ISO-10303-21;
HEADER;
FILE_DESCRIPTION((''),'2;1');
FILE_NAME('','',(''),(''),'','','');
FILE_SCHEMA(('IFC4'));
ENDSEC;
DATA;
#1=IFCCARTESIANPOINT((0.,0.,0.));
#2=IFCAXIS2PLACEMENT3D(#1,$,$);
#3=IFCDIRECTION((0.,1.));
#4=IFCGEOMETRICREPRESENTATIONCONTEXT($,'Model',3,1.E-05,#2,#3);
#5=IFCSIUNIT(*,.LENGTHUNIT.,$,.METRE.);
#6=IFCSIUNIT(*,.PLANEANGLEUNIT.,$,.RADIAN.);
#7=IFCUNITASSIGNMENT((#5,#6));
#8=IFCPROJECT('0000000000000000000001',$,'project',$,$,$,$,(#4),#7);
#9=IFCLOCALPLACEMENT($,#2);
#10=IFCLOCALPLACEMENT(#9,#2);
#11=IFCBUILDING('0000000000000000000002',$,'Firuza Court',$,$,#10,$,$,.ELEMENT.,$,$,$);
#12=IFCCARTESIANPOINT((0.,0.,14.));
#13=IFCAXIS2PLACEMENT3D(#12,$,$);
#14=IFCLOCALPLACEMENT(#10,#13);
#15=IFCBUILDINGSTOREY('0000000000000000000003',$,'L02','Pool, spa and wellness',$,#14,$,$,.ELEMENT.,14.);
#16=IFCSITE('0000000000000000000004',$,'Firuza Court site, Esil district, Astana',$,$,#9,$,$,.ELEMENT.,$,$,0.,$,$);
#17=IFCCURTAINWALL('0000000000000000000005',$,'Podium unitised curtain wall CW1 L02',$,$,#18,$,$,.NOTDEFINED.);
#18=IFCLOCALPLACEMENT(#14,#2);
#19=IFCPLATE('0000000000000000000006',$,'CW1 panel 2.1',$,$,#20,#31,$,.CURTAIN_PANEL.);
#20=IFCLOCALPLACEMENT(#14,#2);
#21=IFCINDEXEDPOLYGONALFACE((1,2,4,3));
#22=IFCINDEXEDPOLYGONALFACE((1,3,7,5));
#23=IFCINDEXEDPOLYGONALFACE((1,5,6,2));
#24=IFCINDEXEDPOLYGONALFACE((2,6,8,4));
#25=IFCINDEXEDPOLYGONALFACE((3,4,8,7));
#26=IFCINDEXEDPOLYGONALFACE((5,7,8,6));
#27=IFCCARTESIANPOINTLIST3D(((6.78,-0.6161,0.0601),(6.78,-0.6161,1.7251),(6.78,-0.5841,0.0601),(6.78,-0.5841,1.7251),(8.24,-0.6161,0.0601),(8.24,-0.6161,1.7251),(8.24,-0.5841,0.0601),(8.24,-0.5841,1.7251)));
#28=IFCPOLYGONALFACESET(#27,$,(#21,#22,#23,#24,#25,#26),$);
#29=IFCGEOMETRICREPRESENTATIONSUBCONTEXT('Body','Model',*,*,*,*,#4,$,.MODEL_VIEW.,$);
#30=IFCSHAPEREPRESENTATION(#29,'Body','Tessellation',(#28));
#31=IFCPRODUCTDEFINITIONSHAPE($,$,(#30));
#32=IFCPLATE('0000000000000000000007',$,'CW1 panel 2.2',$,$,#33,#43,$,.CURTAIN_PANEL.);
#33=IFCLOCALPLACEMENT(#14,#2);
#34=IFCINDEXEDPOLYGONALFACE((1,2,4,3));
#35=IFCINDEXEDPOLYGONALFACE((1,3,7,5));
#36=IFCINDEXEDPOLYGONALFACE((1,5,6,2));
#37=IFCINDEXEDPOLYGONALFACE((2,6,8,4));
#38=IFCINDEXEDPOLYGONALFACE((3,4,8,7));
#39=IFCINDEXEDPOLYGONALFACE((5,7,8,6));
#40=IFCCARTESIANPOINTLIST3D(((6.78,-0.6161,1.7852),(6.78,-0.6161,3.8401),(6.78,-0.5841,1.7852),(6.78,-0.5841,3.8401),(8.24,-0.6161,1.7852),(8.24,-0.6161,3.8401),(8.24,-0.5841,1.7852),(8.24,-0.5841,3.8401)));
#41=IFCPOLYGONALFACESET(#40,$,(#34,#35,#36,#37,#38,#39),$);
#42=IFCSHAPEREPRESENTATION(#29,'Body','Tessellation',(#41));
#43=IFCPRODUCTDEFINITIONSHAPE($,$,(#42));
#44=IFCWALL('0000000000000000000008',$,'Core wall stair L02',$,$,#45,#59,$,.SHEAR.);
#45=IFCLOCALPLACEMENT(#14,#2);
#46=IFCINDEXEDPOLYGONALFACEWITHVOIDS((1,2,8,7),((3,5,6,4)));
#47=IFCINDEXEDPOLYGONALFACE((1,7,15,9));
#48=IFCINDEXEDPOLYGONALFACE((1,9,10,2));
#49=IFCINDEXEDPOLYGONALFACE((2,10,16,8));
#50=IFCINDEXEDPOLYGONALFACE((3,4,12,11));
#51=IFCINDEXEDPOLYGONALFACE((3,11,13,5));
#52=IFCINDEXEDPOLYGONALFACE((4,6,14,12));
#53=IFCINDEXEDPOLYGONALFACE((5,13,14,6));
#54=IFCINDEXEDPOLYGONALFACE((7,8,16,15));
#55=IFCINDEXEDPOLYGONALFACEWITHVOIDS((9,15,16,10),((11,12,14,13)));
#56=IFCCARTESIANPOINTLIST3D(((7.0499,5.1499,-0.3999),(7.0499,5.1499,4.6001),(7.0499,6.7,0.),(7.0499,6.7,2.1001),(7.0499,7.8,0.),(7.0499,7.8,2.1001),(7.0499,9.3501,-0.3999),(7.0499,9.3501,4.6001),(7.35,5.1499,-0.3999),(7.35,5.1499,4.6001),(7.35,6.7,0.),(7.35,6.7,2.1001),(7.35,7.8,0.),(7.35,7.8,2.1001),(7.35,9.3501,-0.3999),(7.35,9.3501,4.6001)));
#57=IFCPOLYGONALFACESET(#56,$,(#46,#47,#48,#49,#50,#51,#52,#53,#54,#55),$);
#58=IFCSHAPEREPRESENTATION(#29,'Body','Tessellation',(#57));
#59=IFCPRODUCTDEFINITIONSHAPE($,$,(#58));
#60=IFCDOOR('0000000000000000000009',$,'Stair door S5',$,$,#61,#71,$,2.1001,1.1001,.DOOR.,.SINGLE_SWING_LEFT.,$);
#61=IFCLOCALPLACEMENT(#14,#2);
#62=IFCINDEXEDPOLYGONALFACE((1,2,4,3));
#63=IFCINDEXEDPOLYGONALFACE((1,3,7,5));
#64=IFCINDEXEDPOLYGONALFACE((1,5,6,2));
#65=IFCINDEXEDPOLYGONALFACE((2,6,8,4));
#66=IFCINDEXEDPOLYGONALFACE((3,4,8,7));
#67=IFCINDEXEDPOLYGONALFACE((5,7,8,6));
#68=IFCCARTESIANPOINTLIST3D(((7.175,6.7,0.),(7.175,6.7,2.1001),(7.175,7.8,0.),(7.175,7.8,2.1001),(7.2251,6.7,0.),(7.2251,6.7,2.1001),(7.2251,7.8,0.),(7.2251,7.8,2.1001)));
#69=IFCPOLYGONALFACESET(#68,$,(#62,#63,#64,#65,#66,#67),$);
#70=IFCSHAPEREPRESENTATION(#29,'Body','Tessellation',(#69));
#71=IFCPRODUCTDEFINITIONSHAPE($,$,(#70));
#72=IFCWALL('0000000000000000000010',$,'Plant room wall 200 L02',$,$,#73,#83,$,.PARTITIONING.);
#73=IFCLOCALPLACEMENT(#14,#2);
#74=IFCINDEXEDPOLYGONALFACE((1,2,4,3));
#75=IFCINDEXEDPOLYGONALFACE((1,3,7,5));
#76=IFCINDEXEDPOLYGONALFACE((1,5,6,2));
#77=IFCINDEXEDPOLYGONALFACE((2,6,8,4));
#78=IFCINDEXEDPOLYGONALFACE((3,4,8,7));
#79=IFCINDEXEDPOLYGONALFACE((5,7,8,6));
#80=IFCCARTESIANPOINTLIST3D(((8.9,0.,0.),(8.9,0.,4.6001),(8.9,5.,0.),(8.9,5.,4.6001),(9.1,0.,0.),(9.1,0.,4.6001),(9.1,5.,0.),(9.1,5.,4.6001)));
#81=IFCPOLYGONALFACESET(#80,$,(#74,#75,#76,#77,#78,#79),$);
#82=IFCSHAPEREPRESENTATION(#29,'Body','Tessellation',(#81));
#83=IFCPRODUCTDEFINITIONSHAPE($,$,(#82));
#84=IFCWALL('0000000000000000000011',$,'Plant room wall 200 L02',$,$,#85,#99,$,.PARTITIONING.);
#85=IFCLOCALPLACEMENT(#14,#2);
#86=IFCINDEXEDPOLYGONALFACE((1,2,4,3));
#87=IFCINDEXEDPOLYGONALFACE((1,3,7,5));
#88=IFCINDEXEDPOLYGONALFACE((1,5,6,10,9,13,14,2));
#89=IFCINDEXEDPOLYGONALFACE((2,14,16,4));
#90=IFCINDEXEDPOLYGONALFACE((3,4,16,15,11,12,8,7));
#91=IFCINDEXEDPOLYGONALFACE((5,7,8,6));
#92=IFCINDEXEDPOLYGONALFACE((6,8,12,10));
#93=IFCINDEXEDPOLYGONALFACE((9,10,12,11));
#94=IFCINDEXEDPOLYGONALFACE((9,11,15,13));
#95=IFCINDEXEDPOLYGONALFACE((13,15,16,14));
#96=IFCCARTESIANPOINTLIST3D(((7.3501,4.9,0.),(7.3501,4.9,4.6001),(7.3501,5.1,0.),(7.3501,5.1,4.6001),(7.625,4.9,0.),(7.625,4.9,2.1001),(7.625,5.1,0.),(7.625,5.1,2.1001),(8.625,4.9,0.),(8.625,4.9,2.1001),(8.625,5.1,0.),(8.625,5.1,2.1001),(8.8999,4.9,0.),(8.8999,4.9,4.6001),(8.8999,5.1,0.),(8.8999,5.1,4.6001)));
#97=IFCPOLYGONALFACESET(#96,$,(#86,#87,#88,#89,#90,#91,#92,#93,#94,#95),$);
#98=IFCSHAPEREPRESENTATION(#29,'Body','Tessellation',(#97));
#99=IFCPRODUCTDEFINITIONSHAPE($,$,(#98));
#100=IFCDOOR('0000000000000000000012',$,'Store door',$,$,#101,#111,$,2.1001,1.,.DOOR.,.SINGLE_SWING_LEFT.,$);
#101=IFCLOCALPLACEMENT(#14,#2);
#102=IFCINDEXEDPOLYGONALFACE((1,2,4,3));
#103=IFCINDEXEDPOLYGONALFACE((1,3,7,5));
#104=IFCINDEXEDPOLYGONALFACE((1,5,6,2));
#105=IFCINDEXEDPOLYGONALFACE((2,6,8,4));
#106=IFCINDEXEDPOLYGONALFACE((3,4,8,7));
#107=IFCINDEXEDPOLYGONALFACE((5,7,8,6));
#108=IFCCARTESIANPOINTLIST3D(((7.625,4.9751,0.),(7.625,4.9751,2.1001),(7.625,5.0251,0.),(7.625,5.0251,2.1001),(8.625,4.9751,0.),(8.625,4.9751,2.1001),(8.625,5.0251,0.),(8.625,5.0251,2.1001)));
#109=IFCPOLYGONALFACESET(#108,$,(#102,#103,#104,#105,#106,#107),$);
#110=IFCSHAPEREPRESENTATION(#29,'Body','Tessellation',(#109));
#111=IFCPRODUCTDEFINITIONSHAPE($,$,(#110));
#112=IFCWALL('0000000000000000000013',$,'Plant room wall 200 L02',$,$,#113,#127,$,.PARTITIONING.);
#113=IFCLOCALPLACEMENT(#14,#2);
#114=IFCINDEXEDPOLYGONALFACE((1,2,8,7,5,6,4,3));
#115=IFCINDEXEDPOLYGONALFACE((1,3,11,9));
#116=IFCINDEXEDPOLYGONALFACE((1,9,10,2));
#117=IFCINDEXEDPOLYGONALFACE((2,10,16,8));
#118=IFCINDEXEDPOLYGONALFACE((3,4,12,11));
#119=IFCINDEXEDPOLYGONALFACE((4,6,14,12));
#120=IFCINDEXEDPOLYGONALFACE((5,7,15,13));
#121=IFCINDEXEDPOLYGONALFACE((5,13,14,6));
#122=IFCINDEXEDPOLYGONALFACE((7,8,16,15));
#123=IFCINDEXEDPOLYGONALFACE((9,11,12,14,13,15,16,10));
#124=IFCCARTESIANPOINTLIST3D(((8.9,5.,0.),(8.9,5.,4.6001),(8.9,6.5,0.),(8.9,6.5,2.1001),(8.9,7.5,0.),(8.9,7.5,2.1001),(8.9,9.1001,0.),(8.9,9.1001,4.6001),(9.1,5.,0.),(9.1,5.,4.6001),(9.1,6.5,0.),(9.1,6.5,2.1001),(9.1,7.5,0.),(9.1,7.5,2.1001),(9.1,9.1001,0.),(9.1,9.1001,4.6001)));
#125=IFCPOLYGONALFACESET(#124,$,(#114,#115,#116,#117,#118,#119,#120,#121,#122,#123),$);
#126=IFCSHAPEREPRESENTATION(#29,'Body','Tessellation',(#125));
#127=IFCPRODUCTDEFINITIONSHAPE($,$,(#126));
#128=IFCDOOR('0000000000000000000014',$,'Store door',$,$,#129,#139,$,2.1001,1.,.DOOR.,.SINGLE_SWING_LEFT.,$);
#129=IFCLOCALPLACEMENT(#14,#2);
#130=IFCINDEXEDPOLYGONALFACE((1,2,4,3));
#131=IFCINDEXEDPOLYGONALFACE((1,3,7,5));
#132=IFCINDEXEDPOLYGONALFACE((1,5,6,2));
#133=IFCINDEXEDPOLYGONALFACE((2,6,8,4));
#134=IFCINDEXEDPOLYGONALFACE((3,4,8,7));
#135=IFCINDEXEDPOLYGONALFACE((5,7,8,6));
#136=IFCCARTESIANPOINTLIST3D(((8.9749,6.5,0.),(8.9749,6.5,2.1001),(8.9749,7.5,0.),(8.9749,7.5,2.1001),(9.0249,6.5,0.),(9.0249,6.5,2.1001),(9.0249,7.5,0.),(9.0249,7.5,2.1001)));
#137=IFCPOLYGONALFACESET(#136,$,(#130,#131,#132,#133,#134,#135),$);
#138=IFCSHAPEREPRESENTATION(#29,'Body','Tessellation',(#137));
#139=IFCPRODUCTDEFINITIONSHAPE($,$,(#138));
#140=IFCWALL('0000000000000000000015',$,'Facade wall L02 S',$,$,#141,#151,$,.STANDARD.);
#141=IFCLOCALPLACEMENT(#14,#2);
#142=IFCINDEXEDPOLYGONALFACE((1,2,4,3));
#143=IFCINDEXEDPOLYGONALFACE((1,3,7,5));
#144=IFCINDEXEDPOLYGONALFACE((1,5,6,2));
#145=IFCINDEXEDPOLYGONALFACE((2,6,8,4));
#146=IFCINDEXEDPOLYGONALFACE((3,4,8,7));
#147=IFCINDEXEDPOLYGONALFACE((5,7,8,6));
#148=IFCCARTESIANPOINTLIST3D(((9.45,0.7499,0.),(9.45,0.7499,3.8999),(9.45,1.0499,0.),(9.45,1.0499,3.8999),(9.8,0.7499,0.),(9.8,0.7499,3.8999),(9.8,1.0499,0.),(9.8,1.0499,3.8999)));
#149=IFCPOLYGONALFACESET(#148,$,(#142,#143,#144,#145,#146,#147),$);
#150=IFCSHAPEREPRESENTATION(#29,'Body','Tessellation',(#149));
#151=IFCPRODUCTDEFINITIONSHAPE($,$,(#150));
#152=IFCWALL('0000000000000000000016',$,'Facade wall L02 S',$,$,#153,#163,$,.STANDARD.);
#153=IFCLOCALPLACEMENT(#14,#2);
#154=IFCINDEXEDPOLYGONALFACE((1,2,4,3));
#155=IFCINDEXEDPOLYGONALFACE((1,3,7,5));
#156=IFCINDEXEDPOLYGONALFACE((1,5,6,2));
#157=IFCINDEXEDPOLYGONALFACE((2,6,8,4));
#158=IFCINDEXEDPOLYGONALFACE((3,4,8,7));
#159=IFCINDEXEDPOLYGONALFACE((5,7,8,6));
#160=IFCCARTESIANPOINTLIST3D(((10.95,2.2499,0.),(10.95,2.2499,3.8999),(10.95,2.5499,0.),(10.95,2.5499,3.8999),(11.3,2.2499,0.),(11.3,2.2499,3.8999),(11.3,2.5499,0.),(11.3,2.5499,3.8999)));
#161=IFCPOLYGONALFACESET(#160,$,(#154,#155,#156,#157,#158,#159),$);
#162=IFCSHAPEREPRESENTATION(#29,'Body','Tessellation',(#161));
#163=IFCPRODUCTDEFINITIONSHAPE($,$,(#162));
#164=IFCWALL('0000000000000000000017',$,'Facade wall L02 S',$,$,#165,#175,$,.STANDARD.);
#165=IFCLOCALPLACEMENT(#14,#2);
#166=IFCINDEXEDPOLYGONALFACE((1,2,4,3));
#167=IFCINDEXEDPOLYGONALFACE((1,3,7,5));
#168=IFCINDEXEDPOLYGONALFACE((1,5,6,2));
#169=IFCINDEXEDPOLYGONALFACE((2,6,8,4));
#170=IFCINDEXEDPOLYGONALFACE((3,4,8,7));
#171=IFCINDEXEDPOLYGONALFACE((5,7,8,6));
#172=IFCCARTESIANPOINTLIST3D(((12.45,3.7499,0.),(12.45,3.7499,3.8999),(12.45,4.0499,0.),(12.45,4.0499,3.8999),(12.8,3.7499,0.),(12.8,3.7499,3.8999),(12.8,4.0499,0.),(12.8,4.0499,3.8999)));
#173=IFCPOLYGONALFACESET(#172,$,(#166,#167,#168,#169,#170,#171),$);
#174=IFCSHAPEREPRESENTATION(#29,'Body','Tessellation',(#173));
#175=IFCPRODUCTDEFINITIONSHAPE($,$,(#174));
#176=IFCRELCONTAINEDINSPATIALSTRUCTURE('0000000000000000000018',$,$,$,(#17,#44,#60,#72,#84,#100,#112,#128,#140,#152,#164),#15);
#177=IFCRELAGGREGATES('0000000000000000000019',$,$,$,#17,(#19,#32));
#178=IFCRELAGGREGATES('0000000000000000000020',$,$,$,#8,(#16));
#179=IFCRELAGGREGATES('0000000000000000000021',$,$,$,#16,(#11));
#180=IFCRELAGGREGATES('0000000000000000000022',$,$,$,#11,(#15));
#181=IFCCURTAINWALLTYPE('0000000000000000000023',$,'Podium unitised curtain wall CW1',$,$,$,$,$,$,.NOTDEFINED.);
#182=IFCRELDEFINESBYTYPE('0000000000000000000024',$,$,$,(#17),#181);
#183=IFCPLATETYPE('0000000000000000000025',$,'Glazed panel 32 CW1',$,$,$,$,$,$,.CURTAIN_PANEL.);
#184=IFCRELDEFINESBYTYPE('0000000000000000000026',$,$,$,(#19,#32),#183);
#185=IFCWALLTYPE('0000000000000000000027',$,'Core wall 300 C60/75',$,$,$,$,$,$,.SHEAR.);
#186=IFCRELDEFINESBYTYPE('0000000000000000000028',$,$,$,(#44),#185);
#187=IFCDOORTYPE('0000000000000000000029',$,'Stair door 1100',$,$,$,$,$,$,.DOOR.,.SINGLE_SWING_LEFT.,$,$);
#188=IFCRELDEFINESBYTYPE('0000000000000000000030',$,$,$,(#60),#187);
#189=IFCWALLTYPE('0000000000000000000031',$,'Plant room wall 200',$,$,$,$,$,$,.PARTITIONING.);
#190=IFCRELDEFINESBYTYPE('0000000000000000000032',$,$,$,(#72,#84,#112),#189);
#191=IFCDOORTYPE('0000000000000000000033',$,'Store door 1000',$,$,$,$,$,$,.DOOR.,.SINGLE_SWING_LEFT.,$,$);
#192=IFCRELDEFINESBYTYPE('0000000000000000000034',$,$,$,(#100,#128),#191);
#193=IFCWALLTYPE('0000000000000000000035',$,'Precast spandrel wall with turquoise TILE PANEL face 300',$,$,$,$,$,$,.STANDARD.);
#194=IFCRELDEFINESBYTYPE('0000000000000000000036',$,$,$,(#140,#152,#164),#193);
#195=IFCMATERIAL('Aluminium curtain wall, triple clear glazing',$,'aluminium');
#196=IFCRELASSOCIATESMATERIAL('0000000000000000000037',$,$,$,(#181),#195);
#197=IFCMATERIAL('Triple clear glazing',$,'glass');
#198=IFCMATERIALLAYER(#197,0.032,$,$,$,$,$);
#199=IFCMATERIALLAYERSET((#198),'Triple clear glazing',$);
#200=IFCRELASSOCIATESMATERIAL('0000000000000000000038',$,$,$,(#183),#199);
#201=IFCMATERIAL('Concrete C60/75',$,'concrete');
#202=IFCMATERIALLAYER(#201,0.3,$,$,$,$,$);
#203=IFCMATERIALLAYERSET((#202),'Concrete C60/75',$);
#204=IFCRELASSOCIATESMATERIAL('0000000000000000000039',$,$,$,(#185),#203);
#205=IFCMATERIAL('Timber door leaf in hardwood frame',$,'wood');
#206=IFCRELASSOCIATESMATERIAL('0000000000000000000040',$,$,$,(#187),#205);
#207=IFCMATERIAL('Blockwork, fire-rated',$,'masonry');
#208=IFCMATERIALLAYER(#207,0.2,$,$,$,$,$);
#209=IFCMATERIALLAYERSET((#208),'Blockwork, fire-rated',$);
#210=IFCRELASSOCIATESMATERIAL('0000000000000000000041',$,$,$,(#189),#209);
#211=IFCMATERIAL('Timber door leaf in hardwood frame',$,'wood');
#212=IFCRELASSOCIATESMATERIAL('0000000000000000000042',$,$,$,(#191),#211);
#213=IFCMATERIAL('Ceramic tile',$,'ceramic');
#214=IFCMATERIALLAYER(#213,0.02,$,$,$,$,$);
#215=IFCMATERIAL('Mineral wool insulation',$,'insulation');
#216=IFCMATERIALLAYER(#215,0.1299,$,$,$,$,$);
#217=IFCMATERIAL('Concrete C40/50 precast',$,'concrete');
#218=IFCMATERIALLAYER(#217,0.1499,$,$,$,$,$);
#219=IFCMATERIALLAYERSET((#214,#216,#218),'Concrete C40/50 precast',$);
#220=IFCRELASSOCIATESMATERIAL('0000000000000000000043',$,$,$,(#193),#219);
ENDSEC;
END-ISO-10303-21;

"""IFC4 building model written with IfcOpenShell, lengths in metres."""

from ifc_helpers import new_model, si_unit, direction, frame, frame_2d, origin, origin_2d, place, context, subcontext, project, spatial, rectangle, extrude, material, layer, layer_set, type_object, element, fill, aggregate, save


model = new_model("IFC4")

# Units and contexts
model_context = context("Model", 3, precision=1e-05, world=origin(), true_north=direction((0.0, 1.0)))
body_context = subcontext(model_context, "Body", "Model", "MODEL_VIEW")
ifc_project = project(units=[si_unit("LENGTHUNIT", "METRE"), si_unit("PLANEANGLEUNIT", "RADIAN")], contexts=[model_context])

# Site, building, storey
site_placement = place(None, origin())
site = spatial("IfcSite", under=ifc_project, at=site_placement, Name="Firuza Court site, Esil district, Astana", CompositionType="ELEMENT", RefElevation=0.0)
building_placement = place(site_placement, origin())
building = spatial("IfcBuilding", under=site, at=building_placement, Name="Firuza Court", CompositionType="ELEMENT")
storey_placement = place(building_placement, frame((0.0, 0.0, 14.0)))
storey = spatial("IfcBuildingStorey", under=building, at=storey_placement, Name="L02", Description="Pool, spa and wellness", CompositionType="ELEMENT", Elevation=14.0)

# Curtain wall
ifc_material_1 = material(Name="Aluminium curtain wall, triple clear glazing", Category="aluminium")
curtain_wall_type = type_object("IfcCurtainWallType", Name="Podium unitised curtain wall CW1", PredefinedType="NOTDEFINED", material=ifc_material_1)
curtain_wall_placement = place(storey_placement, origin())
curtain_wall = element("IfcCurtainWall", 1, at=curtain_wall_placement, inside=storey, type_object=curtain_wall_type, Name="Podium unitised curtain wall CW1 L02", PredefinedType="NOTDEFINED")

# Plates
ifc_material_2 = material(Name="Triple clear glazing", Category="glass")
ifc_layer_1 = layer(ifc_material_2, 0.032)
ifc_layer_set_1 = layer_set([ifc_layer_1], Name="Triple clear glazing")
plate_type = type_object("IfcPlateType", Name="Glazed panel 32 CW1", PredefinedType="CURTAIN_PANEL", material=ifc_layer_set_1)
plate_1_placement = place(storey_placement, frame((7.51, -0.6001, 0.0601), z_axis=(0.0, 0.0, 1.0), x_axis=(1.0, 0.0, 0.0)))
plate_1 = element("IfcPlate", 2, at=plate_1_placement, type_object=plate_type, Name="CW1 panel 2.1", PredefinedType="CURTAIN_PANEL", context=body_context, shape_type="SweptSolid", body=[
    extrude(rectangle(XDim=1.46, YDim=0.032, at=origin_2d()), origin(), (0.0, 0.0, 1.0), 1.665),
])
plate_2_placement = place(storey_placement, frame((7.51, -0.6001, 1.7852), z_axis=(0.0, 0.0, 1.0), x_axis=(1.0, 0.0, 0.0)))
plate_2 = element("IfcPlate", 3, at=plate_2_placement, type_object=plate_type, Name="CW1 panel 2.2", PredefinedType="CURTAIN_PANEL", context=body_context, shape_type="SweptSolid", body=[
    extrude(rectangle(XDim=1.46, YDim=0.032, at=origin_2d()), origin(), (0.0, 0.0, 1.0), 2.0549),
])
aggregate(curtain_wall, [plate_1, plate_2])

# Wall, opening, door
ifc_material_3 = material(Name="Concrete C60/75", Category="concrete")
ifc_layer_2 = layer(ifc_material_3, 0.3)
ifc_layer_set_2 = layer_set([ifc_layer_2], Name="Concrete C60/75")
wall_type_1 = type_object("IfcWallType", Name="Core wall 300 C60/75", PredefinedType="SHEAR", material=ifc_layer_set_2)
wall_1_placement = place(storey_placement, frame((7.2, 5.1499, -0.3999), z_axis=(0.0, 0.0, 1.0), x_axis=(0.0, 1.0, 0.0)))
wall_1 = element("IfcWall", 4, at=wall_1_placement, inside=storey, type_object=wall_type_1, Name="Core wall stair L02", PredefinedType="SHEAR", context=body_context, shape_type="SweptSolid", body=[
    extrude(rectangle(XDim=4.2002, YDim=0.3, at=frame_2d((2.1001, 0.0))), origin(), (0.0, 0.0, 1.0), 5.0),
])
opening_1_placement = place(wall_1_placement, frame((1.55, 0.0, 0.3999)))
opening_1 = element("IfcOpeningElement", 5, at=opening_1_placement, cuts=wall_1, PredefinedType="OPENING", context=body_context, shape_type="SweptSolid", body=[
    extrude(rectangle(XDim=1.1001, YDim=2.1001, at=frame_2d((0.55, 1.05))), frame((0.0, 0.1621, 0.0), z_axis=(0.0, -1.0, 0.0), x_axis=(1.0, 0.0, 0.0)), (0.0, 0.0, 1.0), 0.324),
])
ifc_material_4 = material(Name="Timber door leaf in hardwood frame", Category="wood")
door_type_1 = type_object("IfcDoorType", Name="Stair door 1100", OperationType="SINGLE_SWING_LEFT", PredefinedType="DOOR", material=ifc_material_4)
door_1_placement = place(opening_1_placement, origin())
door_1 = element("IfcDoor", 6, at=door_1_placement, inside=storey, type_object=door_type_1, Name="Stair door S5", OperationType="SINGLE_SWING_LEFT", OverallHeight=2.1001, OverallWidth=1.1001, PredefinedType="DOOR", context=body_context, shape_type="SweptSolid", body=[
    extrude(rectangle(XDim=1.1001, YDim=2.1001, at=frame_2d((0.55, 1.05))), frame((0.0, 0.0249, 0.0), z_axis=(0.0, -1.0, 0.0), x_axis=(1.0, 0.0, 0.0)), (0.0, 0.0, 1.0), 0.05),
])
fill(opening_1, door_1)

# Wall
ifc_material_5 = material(Name="Blockwork, fire-rated", Category="masonry")
ifc_layer_3 = layer(ifc_material_5, 0.2)
ifc_layer_set_3 = layer_set([ifc_layer_3], Name="Blockwork, fire-rated")
wall_type_2 = type_object("IfcWallType", Name="Plant room wall 200", PredefinedType="PARTITIONING", material=ifc_layer_set_3)
wall_2_placement = place(storey_placement, frame((9.0, 0.0, 0.0), z_axis=(0.0, 0.0, 1.0), x_axis=(0.0, 1.0, 0.0)))
element("IfcWall", 7, at=wall_2_placement, inside=storey, type_object=wall_type_2, Name="Plant room wall 200 L02", PredefinedType="PARTITIONING", context=body_context, shape_type="SweptSolid", body=[
    extrude(rectangle(XDim=5.0, YDim=0.2, at=frame_2d((2.5, 0.0))), origin(), (0.0, 0.0, 1.0), 4.6001),
])

# Walls, openings, doors
wall_3_placement = place(storey_placement, frame((7.3501, 5.0, 0.0), z_axis=(0.0, 0.0, 1.0), x_axis=(1.0, 0.0, 0.0)))
wall_3 = element("IfcWall", 8, at=wall_3_placement, inside=storey, type_object=wall_type_2, Name="Plant room wall 200 L02", PredefinedType="PARTITIONING", context=body_context, shape_type="SweptSolid", body=[
    extrude(rectangle(XDim=1.5498, YDim=0.2, at=frame_2d((0.7749, 0.0))), origin(), (0.0, 0.0, 1.0), 4.6001),
])
opening_2_placement = place(wall_3_placement, frame((0.2749, 0.0, 0.0)))
opening_2 = element("IfcOpeningElement", 9, at=opening_2_placement, cuts=wall_3, PredefinedType="OPENING", context=body_context, shape_type="SweptSolid", body=[
    extrude(rectangle(XDim=1.0, YDim=2.1001, at=frame_2d((0.5, 1.05))), frame((0.0, 0.1118, 0.0), z_axis=(0.0, -1.0, 0.0), x_axis=(1.0, 0.0, 0.0)), (0.0, 0.0, 1.0), 0.2239),
])
ifc_material_6 = material(Name="Timber door leaf in hardwood frame", Category="wood")
door_type_2 = type_object("IfcDoorType", Name="Store door 1000", OperationType="SINGLE_SWING_LEFT", PredefinedType="DOOR", material=ifc_material_6)
door_2_placement = place(opening_2_placement, frame((1.0, 0.0, 0.0), z_axis=(0.0, 0.0, 1.0), x_axis=(-1.0, 0.0, 0.0)))
door_2 = element("IfcDoor", 10, at=door_2_placement, inside=storey, type_object=door_type_2, Name="Store door", OperationType="SINGLE_SWING_LEFT", OverallHeight=2.1001, OverallWidth=1.0, PredefinedType="DOOR", context=body_context, shape_type="SweptSolid", body=[
    extrude(rectangle(XDim=1.0, YDim=2.1001, at=frame_2d((0.5, 1.05))), frame((0.0, 0.0249, 0.0), z_axis=(0.0, -1.0, 0.0), x_axis=(1.0, 0.0, 0.0)), (0.0, 0.0, 1.0), 0.05),
])
fill(opening_2, door_2)
wall_4_placement = place(storey_placement, frame((9.0, 5.0, 0.0), z_axis=(0.0, 0.0, 1.0), x_axis=(0.0, 1.0, 0.0)))
wall_4 = element("IfcWall", 11, at=wall_4_placement, inside=storey, type_object=wall_type_2, Name="Plant room wall 200 L02", PredefinedType="PARTITIONING", context=body_context, shape_type="SweptSolid", body=[
    extrude(rectangle(XDim=4.1001, YDim=0.2, at=frame_2d((2.05, 0.0))), origin(), (0.0, 0.0, 1.0), 4.6001),
])
opening_3_placement = place(wall_4_placement, frame((1.5, 0.0, 0.0)))
opening_3 = element("IfcOpeningElement", 12, at=opening_3_placement, cuts=wall_4, PredefinedType="OPENING", context=body_context, shape_type="SweptSolid", body=[
    extrude(rectangle(XDim=1.0, YDim=2.1001, at=frame_2d((0.5, 1.05))), frame((0.0, 0.1118, 0.0), z_axis=(0.0, -1.0, 0.0), x_axis=(1.0, 0.0, 0.0)), (0.0, 0.0, 1.0), 0.2239),
])
door_3_placement = place(opening_3_placement, frame((1.0, 0.0, 0.0), z_axis=(0.0, 0.0, 1.0), x_axis=(-1.0, 0.0, 0.0)))
door_3 = element("IfcDoor", 13, at=door_3_placement, inside=storey, type_object=door_type_2, Name="Store door", OperationType="SINGLE_SWING_LEFT", OverallHeight=2.1001, OverallWidth=1.0, PredefinedType="DOOR", context=body_context, shape_type="SweptSolid", body=[
    extrude(rectangle(XDim=1.0, YDim=2.1001, at=frame_2d((0.5, 1.05))), frame((0.0, 0.0249, 0.0), z_axis=(0.0, -1.0, 0.0), x_axis=(1.0, 0.0, 0.0)), (0.0, 0.0, 1.0), 0.05),
])
fill(opening_3, door_3)

# Walls
ifc_material_7 = material(Name="Ceramic tile", Category="ceramic")
ifc_layer_4 = layer(ifc_material_7, 0.02)
ifc_material_8 = material(Name="Mineral wool insulation", Category="insulation")
ifc_layer_5 = layer(ifc_material_8, 0.1299)
ifc_material_9 = material(Name="Concrete C40/50 precast", Category="concrete")
ifc_layer_6 = layer(ifc_material_9, 0.1499)
ifc_layer_set_4 = layer_set([ifc_layer_4, ifc_layer_5, ifc_layer_6], Name="Concrete C40/50 precast")
wall_type_3 = type_object("IfcWallType", Name="Precast spandrel wall with turquoise TILE PANEL face 300", PredefinedType="STANDARD", material=ifc_layer_set_4)
for number, where, z_axis, x_axis, name in (
    (14, (9.45, 0.8999, 0.0), (0.0, 0.0, 1.0), (1.0, 0.0, 0.0), "Facade wall L02 S"),
    (15, (10.95, 2.3999, 0.0), (0.0, 0.0, 1.0), (1.0, 0.0, 0.0), "Facade wall L02 S"),
    (16, (12.45, 3.8999, 0.0), (0.0, 0.0, 1.0), (1.0, 0.0, 0.0), "Facade wall L02 S"),
):
    element("IfcWall", number, at=place(storey_placement, frame(where, z_axis=z_axis, x_axis=x_axis)), inside=storey, type_object=wall_type_3, Name=name, PredefinedType="STANDARD", context=body_context, shape_type="SweptSolid", body=[
        extrude(rectangle(XDim=0.3501, YDim=0.3, at=frame_2d((0.175, 0.0))), origin(), (0.0, 0.0, 1.0), 3.8999),
    ])

save(model, "model.ifc")
